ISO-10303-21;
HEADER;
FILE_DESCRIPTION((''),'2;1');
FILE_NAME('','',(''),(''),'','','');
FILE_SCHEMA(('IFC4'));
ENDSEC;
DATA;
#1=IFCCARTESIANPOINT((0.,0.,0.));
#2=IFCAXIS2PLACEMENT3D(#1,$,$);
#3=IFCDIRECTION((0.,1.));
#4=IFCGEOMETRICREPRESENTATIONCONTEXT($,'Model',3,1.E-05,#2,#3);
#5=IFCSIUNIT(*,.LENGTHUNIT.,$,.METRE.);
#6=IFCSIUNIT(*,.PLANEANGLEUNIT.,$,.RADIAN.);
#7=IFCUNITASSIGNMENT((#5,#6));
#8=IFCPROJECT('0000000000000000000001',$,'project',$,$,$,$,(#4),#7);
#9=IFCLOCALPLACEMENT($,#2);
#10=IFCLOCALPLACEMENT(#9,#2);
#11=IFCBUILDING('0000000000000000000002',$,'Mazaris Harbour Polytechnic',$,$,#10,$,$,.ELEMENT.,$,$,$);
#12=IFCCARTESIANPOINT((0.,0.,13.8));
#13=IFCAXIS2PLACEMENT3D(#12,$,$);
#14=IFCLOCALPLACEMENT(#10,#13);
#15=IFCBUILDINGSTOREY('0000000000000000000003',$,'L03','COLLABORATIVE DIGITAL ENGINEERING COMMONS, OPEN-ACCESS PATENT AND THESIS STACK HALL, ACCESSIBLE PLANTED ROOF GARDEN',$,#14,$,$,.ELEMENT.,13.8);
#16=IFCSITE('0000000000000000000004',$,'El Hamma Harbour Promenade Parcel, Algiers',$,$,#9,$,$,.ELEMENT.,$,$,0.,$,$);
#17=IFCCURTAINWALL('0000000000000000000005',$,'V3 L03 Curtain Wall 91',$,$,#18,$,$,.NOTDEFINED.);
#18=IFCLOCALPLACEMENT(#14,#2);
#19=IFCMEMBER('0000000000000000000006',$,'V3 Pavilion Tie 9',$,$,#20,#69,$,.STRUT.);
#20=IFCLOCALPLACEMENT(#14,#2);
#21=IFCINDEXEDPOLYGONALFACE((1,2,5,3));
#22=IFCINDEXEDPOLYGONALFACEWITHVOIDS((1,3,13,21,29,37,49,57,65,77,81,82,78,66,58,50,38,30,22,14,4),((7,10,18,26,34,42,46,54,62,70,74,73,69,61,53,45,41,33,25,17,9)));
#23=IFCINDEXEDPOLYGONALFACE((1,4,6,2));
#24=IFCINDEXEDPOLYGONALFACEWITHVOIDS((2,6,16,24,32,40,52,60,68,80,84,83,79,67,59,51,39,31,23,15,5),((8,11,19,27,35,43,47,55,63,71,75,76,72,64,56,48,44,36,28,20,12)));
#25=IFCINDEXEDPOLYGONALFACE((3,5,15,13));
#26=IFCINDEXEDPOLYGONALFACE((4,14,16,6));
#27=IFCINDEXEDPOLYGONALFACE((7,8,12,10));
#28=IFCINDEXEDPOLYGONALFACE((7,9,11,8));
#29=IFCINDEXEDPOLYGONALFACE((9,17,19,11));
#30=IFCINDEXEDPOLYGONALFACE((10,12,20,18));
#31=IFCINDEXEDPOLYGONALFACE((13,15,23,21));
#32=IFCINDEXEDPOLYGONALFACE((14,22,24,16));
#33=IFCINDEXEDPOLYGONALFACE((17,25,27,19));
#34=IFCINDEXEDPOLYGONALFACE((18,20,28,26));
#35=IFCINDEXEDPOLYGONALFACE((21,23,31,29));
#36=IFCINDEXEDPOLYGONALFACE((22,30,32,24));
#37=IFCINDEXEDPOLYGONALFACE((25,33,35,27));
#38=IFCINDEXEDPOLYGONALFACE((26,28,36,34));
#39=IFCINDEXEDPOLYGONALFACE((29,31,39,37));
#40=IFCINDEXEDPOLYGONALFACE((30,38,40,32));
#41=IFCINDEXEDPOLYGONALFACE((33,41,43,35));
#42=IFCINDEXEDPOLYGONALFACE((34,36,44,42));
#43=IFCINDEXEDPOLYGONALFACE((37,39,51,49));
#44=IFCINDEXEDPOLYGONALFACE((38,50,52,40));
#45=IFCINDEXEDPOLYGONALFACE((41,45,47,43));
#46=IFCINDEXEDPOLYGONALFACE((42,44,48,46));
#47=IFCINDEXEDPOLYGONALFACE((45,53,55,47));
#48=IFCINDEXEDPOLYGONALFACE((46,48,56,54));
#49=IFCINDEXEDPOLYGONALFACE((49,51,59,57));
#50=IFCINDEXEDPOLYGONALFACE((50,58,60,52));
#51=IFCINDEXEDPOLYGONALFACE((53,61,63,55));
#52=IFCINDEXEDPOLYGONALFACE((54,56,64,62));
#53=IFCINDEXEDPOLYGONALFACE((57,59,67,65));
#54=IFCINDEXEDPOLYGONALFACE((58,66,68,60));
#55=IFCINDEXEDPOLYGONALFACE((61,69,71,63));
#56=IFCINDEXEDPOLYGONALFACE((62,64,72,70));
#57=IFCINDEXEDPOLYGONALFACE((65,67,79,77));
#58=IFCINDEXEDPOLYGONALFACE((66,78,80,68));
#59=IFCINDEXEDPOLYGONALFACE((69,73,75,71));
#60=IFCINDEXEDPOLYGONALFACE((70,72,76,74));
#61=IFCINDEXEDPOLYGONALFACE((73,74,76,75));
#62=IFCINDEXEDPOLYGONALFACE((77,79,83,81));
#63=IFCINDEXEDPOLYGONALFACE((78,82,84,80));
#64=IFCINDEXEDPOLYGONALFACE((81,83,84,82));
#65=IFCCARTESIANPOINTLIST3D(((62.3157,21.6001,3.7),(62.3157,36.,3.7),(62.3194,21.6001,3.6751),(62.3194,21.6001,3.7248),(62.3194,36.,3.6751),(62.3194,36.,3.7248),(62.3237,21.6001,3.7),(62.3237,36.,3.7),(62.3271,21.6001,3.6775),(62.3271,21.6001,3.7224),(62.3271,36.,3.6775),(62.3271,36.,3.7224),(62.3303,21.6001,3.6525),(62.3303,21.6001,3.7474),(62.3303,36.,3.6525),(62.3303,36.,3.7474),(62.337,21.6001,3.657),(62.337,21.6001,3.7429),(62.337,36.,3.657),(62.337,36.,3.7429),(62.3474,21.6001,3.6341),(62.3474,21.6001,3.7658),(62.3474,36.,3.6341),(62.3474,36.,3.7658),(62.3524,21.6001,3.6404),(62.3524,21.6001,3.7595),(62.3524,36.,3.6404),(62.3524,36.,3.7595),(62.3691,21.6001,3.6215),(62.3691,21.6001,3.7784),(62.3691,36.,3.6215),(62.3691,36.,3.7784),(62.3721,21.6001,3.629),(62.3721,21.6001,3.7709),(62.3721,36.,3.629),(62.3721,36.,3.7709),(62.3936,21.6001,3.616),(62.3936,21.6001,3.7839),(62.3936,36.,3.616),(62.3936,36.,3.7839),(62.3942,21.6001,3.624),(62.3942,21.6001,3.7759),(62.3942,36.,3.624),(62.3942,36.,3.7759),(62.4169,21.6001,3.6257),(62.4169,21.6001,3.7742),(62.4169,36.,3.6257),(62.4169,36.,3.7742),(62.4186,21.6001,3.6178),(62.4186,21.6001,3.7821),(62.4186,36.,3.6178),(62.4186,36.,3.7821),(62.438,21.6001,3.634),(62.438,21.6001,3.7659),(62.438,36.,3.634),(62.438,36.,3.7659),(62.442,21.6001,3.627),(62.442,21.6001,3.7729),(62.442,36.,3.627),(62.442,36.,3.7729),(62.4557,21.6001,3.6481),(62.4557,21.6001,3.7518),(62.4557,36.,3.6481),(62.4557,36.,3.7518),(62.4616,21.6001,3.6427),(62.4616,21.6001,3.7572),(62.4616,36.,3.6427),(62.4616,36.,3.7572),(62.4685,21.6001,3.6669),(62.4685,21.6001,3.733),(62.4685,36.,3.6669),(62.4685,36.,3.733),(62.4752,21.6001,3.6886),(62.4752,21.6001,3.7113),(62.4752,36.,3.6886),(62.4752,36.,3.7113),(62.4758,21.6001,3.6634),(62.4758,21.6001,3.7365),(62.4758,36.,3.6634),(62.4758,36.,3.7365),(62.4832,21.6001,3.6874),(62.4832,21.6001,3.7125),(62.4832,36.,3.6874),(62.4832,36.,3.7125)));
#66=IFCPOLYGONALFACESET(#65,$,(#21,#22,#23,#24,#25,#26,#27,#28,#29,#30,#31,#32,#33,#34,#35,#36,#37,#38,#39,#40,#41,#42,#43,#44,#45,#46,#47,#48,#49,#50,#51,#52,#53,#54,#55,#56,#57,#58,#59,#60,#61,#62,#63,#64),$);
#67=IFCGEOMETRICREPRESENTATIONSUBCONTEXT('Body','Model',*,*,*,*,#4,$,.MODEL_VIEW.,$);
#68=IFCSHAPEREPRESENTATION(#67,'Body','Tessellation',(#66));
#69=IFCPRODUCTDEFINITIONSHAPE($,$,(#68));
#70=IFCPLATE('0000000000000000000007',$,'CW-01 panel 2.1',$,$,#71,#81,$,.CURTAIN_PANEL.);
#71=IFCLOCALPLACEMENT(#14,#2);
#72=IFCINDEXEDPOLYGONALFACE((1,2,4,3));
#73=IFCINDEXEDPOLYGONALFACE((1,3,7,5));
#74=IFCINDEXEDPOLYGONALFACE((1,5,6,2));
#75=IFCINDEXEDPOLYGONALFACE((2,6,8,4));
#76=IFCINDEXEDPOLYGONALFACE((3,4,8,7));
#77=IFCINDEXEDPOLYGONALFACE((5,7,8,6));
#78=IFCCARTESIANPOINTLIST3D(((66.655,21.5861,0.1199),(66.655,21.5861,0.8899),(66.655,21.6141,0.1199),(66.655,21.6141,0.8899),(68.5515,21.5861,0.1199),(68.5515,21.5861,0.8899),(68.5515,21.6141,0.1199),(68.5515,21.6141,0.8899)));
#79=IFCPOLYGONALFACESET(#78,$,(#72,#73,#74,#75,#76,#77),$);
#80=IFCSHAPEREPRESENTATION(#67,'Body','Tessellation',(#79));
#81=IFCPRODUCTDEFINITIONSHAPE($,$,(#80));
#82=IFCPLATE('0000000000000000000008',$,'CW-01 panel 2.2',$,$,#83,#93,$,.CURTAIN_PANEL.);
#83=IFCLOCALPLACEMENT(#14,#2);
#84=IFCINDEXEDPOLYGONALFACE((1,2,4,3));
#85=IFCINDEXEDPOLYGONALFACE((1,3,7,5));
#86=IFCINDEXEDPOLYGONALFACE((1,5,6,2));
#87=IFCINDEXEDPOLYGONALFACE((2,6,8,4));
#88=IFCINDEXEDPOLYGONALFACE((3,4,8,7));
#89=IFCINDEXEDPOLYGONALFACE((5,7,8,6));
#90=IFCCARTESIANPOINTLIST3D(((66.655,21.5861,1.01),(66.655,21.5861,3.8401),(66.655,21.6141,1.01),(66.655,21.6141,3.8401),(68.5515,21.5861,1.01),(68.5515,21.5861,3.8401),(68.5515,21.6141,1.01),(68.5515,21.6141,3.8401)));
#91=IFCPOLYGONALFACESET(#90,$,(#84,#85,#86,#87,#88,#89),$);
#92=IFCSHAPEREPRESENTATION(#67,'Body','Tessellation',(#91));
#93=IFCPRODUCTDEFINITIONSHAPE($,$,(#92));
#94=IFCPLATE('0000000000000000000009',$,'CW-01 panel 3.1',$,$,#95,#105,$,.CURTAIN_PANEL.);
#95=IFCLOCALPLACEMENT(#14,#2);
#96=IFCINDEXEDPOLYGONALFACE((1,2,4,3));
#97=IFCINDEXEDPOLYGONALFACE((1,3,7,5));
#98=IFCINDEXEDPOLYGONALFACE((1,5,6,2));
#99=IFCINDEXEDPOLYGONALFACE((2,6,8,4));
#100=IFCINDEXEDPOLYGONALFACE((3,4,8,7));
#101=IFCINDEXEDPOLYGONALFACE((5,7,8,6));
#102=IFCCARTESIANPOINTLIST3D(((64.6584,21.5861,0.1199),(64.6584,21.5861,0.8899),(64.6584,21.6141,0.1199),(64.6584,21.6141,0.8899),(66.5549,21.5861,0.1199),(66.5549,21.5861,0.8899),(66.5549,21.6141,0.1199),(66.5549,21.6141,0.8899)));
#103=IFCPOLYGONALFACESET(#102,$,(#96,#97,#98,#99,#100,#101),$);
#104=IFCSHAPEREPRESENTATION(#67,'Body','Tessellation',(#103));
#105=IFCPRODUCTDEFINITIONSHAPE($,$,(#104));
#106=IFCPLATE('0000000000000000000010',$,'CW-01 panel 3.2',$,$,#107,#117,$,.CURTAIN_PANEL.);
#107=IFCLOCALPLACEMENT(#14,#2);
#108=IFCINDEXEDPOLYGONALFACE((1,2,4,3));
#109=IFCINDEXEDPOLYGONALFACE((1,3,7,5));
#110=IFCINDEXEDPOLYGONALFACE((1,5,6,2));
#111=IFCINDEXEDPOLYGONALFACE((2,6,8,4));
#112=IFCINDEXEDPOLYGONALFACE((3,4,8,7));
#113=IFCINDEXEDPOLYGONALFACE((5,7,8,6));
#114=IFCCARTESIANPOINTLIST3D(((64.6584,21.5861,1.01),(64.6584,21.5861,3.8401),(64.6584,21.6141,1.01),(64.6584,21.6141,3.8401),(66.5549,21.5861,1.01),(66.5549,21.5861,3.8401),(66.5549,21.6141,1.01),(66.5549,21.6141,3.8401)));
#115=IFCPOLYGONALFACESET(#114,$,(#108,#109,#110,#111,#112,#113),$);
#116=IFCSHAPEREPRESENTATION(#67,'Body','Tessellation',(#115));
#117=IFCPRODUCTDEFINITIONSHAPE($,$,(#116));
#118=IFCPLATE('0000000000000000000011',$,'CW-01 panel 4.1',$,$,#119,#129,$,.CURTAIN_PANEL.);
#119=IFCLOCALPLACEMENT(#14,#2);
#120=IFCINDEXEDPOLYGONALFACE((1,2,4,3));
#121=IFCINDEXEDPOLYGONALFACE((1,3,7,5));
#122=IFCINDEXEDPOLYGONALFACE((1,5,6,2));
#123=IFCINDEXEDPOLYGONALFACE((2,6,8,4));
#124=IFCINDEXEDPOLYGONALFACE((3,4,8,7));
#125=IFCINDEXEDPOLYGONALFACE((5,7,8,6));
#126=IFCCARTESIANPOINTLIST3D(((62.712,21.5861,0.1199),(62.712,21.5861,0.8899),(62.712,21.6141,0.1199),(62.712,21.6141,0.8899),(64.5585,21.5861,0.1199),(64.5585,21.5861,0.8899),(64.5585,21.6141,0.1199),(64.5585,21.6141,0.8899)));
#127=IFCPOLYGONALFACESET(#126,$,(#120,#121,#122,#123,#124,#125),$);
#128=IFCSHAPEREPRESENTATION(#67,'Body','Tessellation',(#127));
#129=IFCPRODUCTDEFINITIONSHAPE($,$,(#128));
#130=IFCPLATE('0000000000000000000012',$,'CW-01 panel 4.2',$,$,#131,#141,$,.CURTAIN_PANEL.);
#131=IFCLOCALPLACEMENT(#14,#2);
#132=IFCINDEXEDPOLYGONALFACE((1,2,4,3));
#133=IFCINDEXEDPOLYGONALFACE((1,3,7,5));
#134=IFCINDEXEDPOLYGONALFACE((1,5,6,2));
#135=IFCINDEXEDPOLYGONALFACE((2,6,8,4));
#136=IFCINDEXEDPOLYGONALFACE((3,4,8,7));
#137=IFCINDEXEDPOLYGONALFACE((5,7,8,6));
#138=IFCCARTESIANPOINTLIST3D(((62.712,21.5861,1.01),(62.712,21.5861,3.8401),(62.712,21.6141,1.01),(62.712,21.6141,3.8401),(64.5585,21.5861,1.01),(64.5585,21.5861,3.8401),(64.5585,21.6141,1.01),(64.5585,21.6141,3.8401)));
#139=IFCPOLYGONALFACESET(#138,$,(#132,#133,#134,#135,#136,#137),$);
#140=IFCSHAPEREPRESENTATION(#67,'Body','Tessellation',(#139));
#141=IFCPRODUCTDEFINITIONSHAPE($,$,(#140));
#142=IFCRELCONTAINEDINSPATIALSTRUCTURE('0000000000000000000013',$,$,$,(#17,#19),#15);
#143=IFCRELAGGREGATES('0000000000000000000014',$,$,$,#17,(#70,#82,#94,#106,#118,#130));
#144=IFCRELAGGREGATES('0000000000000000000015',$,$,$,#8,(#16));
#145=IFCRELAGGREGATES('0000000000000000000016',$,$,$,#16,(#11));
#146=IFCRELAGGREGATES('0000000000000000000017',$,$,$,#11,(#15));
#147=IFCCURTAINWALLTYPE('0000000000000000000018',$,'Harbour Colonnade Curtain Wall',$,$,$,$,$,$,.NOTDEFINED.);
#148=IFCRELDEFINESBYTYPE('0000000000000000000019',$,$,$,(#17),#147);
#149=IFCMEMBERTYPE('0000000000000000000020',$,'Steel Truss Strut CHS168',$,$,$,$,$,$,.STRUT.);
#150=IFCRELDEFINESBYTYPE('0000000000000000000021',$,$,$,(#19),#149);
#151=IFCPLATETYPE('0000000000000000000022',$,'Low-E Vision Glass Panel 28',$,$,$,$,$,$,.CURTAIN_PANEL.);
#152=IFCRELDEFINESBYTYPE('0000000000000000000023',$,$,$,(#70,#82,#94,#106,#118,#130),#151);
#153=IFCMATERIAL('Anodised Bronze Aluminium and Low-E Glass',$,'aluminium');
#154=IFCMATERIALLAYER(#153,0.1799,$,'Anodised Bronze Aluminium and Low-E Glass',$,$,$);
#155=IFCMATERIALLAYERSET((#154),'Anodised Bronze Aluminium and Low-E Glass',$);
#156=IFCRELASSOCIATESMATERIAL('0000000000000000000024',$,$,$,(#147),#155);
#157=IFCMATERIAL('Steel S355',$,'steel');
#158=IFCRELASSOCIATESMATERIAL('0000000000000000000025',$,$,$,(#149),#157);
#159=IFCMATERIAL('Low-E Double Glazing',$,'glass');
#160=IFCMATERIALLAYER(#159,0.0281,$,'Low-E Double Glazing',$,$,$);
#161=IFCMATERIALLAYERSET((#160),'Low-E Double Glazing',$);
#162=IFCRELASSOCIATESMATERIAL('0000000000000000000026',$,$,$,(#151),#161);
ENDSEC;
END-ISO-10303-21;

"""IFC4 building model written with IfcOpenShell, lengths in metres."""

from ifc_helpers import new_model, si_unit, direction, frame, origin, origin_2d, place, context, subcontext, project, spatial, rectangle, hollow_circle, extrude, material, layer, layer_set, material_profile, profile_set, type_object, element, aggregate, save


model = new_model("IFC4")

# Units and contexts
model_context = context("Model", 3, precision=1e-05, world=origin(), true_north=direction((0.0, 1.0)))
body_context = subcontext(model_context, "Body", "Model", "MODEL_VIEW")
ifc_project = project(units=[si_unit("LENGTHUNIT", "METRE"), si_unit("PLANEANGLEUNIT", "RADIAN")], contexts=[model_context])

# Site, building, storey
site_placement = place(None, origin())
site = spatial("IfcSite", under=ifc_project, at=site_placement, Name="El Hamma Harbour Promenade Parcel, Algiers", CompositionType="ELEMENT", RefElevation=0.0)
building_placement = place(site_placement, origin())
building = spatial("IfcBuilding", under=site, at=building_placement, Name="Mazaris Harbour Polytechnic", CompositionType="ELEMENT")
storey_placement = place(building_placement, frame((0.0, 0.0, 13.8)))
storey = spatial("IfcBuildingStorey", under=building, at=storey_placement, Name="L03", Description="COLLABORATIVE DIGITAL ENGINEERING COMMONS, OPEN-ACCESS PATENT AND THESIS STACK HALL, ACCESSIBLE PLANTED ROOF GARDEN", CompositionType="ELEMENT", Elevation=13.8)

# Shared definitions
ifc_material_1 = material(Name="Anodised Bronze Aluminium and Low-E Glass", Category="aluminium")
ifc_layer_1 = layer(ifc_material_1, 0.1799, Name="Anodised Bronze Aluminium and Low-E Glass")
ifc_layer_set_1 = layer_set([ifc_layer_1], Name="Anodised Bronze Aluminium and Low-E Glass")
curtain_wall_type = type_object("IfcCurtainWallType", Name="Harbour Colonnade Curtain Wall", PredefinedType="NOTDEFINED", material=ifc_layer_set_1)

# Curtain wall
curtain_wall_1_placement = place(storey_placement, origin())
curtain_wall_1 = element("IfcCurtainWall", 1, at=curtain_wall_1_placement, inside=storey, type_object=curtain_wall_type, Name="V3 L03 Curtain Wall 91", PredefinedType="NOTDEFINED")

# Member
ifc_material_2 = material(Name="Steel S355", Category="steel")
ifc_material_profile_1 = material_profile(ifc_material_2, hollow_circle(Radius=0.0842, WallThickness=0.0081, at=origin_2d()), Name="CHS 168.3x8.0")
ifc_profile_set_1 = profile_set([ifc_material_profile_1], Name="Steel S355")
member_type_1 = type_object("IfcMemberType", Name="Steel Truss Strut CHS168", PredefinedType="STRUT", material=ifc_profile_set_1)
member_1_placement = place(storey_placement, frame((62.3999, 21.6001, 3.7), z_axis=(0.0, 1.0, 0.0), x_axis=(-1.0, 0.0, 0.0)))
element("IfcMember", 2, at=member_1_placement, inside=storey, type_object=member_type_1, Name="V3 Pavilion Tie 9", PredefinedType="STRUT", context=body_context, shape_type="SweptSolid", body=[
    extrude(hollow_circle(Radius=0.0842, WallThickness=0.0081, at=origin_2d()), origin(), (0.0, 0.0, 1.0), 14.3999),
])

# Plates
ifc_material_3 = material(Name="Low-E Double Glazing", Category="glass")
ifc_layer_2 = layer(ifc_material_3, 0.0281, Name="Low-E Double Glazing")
ifc_layer_set_2 = layer_set([ifc_layer_2], Name="Low-E Double Glazing")
plate_type = type_object("IfcPlateType", Name="Low-E Vision Glass Panel 28", PredefinedType="CURTAIN_PANEL", material=ifc_layer_set_2)
plate_1_placement = place(storey_placement, frame((67.6033, 21.6001, 0.1199), z_axis=(0.0, 0.0, 1.0), x_axis=(-1.0, 0.0, 0.0)))
plate_1 = element("IfcPlate", 3, at=plate_1_placement, type_object=plate_type, Name="CW-01 panel 2.1", PredefinedType="CURTAIN_PANEL", context=body_context, shape_type="SweptSolid", body=[
    extrude(rectangle(XDim=1.8965, YDim=0.0281, at=origin_2d()), origin(), (0.0, 0.0, 1.0), 0.77),
])
plate_2_placement = place(storey_placement, frame((67.6033, 21.6001, 1.01), z_axis=(0.0, 0.0, 1.0), x_axis=(-1.0, 0.0, 0.0)))
plate_2 = element("IfcPlate", 4, at=plate_2_placement, type_object=plate_type, Name="CW-01 panel 2.2", PredefinedType="CURTAIN_PANEL", context=body_context, shape_type="SweptSolid", body=[
    extrude(rectangle(XDim=1.8965, YDim=0.0281, at=origin_2d()), origin(), (0.0, 0.0, 1.0), 2.8301),
])
plate_3_placement = place(storey_placement, frame((65.6067, 21.6001, 0.1199), z_axis=(0.0, 0.0, 1.0), x_axis=(-1.0, 0.0, 0.0)))
plate_3 = element("IfcPlate", 5, at=plate_3_placement, type_object=plate_type, Name="CW-01 panel 3.1", PredefinedType="CURTAIN_PANEL", context=body_context, shape_type="SweptSolid", body=[
    extrude(rectangle(XDim=1.8965, YDim=0.0281, at=origin_2d()), origin(), (0.0, 0.0, 1.0), 0.77),
])
plate_4_placement = place(storey_placement, frame((65.6067, 21.6001, 1.01), z_axis=(0.0, 0.0, 1.0), x_axis=(-1.0, 0.0, 0.0)))
plate_4 = element("IfcPlate", 6, at=plate_4_placement, type_object=plate_type, Name="CW-01 panel 3.2", PredefinedType="CURTAIN_PANEL", context=body_context, shape_type="SweptSolid", body=[
    extrude(rectangle(XDim=1.8965, YDim=0.0281, at=origin_2d()), origin(), (0.0, 0.0, 1.0), 2.8301),
])
plate_5_placement = place(storey_placement, frame((63.6353, 21.6001, 0.1199), z_axis=(0.0, 0.0, 1.0), x_axis=(-1.0, 0.0, 0.0)))
plate_5 = element("IfcPlate", 7, at=plate_5_placement, type_object=plate_type, Name="CW-01 panel 4.1", PredefinedType="CURTAIN_PANEL", context=body_context, shape_type="SweptSolid", body=[
    extrude(rectangle(XDim=1.8464, YDim=0.0281, at=origin_2d()), origin(), (0.0, 0.0, 1.0), 0.77),
])
plate_6_placement = place(storey_placement, frame((63.6353, 21.6001, 1.01), z_axis=(0.0, 0.0, 1.0), x_axis=(-1.0, 0.0, 0.0)))
plate_6 = element("IfcPlate", 8, at=plate_6_placement, type_object=plate_type, Name="CW-01 panel 4.2", PredefinedType="CURTAIN_PANEL", context=body_context, shape_type="SweptSolid", body=[
    extrude(rectangle(XDim=1.8464, YDim=0.0281, at=origin_2d()), origin(), (0.0, 0.0, 1.0), 2.8301),
])
aggregate(curtain_wall_1, [plate_1, plate_2, plate_3, plate_4, plate_5, plate_6])

save(model, "model.ifc")
